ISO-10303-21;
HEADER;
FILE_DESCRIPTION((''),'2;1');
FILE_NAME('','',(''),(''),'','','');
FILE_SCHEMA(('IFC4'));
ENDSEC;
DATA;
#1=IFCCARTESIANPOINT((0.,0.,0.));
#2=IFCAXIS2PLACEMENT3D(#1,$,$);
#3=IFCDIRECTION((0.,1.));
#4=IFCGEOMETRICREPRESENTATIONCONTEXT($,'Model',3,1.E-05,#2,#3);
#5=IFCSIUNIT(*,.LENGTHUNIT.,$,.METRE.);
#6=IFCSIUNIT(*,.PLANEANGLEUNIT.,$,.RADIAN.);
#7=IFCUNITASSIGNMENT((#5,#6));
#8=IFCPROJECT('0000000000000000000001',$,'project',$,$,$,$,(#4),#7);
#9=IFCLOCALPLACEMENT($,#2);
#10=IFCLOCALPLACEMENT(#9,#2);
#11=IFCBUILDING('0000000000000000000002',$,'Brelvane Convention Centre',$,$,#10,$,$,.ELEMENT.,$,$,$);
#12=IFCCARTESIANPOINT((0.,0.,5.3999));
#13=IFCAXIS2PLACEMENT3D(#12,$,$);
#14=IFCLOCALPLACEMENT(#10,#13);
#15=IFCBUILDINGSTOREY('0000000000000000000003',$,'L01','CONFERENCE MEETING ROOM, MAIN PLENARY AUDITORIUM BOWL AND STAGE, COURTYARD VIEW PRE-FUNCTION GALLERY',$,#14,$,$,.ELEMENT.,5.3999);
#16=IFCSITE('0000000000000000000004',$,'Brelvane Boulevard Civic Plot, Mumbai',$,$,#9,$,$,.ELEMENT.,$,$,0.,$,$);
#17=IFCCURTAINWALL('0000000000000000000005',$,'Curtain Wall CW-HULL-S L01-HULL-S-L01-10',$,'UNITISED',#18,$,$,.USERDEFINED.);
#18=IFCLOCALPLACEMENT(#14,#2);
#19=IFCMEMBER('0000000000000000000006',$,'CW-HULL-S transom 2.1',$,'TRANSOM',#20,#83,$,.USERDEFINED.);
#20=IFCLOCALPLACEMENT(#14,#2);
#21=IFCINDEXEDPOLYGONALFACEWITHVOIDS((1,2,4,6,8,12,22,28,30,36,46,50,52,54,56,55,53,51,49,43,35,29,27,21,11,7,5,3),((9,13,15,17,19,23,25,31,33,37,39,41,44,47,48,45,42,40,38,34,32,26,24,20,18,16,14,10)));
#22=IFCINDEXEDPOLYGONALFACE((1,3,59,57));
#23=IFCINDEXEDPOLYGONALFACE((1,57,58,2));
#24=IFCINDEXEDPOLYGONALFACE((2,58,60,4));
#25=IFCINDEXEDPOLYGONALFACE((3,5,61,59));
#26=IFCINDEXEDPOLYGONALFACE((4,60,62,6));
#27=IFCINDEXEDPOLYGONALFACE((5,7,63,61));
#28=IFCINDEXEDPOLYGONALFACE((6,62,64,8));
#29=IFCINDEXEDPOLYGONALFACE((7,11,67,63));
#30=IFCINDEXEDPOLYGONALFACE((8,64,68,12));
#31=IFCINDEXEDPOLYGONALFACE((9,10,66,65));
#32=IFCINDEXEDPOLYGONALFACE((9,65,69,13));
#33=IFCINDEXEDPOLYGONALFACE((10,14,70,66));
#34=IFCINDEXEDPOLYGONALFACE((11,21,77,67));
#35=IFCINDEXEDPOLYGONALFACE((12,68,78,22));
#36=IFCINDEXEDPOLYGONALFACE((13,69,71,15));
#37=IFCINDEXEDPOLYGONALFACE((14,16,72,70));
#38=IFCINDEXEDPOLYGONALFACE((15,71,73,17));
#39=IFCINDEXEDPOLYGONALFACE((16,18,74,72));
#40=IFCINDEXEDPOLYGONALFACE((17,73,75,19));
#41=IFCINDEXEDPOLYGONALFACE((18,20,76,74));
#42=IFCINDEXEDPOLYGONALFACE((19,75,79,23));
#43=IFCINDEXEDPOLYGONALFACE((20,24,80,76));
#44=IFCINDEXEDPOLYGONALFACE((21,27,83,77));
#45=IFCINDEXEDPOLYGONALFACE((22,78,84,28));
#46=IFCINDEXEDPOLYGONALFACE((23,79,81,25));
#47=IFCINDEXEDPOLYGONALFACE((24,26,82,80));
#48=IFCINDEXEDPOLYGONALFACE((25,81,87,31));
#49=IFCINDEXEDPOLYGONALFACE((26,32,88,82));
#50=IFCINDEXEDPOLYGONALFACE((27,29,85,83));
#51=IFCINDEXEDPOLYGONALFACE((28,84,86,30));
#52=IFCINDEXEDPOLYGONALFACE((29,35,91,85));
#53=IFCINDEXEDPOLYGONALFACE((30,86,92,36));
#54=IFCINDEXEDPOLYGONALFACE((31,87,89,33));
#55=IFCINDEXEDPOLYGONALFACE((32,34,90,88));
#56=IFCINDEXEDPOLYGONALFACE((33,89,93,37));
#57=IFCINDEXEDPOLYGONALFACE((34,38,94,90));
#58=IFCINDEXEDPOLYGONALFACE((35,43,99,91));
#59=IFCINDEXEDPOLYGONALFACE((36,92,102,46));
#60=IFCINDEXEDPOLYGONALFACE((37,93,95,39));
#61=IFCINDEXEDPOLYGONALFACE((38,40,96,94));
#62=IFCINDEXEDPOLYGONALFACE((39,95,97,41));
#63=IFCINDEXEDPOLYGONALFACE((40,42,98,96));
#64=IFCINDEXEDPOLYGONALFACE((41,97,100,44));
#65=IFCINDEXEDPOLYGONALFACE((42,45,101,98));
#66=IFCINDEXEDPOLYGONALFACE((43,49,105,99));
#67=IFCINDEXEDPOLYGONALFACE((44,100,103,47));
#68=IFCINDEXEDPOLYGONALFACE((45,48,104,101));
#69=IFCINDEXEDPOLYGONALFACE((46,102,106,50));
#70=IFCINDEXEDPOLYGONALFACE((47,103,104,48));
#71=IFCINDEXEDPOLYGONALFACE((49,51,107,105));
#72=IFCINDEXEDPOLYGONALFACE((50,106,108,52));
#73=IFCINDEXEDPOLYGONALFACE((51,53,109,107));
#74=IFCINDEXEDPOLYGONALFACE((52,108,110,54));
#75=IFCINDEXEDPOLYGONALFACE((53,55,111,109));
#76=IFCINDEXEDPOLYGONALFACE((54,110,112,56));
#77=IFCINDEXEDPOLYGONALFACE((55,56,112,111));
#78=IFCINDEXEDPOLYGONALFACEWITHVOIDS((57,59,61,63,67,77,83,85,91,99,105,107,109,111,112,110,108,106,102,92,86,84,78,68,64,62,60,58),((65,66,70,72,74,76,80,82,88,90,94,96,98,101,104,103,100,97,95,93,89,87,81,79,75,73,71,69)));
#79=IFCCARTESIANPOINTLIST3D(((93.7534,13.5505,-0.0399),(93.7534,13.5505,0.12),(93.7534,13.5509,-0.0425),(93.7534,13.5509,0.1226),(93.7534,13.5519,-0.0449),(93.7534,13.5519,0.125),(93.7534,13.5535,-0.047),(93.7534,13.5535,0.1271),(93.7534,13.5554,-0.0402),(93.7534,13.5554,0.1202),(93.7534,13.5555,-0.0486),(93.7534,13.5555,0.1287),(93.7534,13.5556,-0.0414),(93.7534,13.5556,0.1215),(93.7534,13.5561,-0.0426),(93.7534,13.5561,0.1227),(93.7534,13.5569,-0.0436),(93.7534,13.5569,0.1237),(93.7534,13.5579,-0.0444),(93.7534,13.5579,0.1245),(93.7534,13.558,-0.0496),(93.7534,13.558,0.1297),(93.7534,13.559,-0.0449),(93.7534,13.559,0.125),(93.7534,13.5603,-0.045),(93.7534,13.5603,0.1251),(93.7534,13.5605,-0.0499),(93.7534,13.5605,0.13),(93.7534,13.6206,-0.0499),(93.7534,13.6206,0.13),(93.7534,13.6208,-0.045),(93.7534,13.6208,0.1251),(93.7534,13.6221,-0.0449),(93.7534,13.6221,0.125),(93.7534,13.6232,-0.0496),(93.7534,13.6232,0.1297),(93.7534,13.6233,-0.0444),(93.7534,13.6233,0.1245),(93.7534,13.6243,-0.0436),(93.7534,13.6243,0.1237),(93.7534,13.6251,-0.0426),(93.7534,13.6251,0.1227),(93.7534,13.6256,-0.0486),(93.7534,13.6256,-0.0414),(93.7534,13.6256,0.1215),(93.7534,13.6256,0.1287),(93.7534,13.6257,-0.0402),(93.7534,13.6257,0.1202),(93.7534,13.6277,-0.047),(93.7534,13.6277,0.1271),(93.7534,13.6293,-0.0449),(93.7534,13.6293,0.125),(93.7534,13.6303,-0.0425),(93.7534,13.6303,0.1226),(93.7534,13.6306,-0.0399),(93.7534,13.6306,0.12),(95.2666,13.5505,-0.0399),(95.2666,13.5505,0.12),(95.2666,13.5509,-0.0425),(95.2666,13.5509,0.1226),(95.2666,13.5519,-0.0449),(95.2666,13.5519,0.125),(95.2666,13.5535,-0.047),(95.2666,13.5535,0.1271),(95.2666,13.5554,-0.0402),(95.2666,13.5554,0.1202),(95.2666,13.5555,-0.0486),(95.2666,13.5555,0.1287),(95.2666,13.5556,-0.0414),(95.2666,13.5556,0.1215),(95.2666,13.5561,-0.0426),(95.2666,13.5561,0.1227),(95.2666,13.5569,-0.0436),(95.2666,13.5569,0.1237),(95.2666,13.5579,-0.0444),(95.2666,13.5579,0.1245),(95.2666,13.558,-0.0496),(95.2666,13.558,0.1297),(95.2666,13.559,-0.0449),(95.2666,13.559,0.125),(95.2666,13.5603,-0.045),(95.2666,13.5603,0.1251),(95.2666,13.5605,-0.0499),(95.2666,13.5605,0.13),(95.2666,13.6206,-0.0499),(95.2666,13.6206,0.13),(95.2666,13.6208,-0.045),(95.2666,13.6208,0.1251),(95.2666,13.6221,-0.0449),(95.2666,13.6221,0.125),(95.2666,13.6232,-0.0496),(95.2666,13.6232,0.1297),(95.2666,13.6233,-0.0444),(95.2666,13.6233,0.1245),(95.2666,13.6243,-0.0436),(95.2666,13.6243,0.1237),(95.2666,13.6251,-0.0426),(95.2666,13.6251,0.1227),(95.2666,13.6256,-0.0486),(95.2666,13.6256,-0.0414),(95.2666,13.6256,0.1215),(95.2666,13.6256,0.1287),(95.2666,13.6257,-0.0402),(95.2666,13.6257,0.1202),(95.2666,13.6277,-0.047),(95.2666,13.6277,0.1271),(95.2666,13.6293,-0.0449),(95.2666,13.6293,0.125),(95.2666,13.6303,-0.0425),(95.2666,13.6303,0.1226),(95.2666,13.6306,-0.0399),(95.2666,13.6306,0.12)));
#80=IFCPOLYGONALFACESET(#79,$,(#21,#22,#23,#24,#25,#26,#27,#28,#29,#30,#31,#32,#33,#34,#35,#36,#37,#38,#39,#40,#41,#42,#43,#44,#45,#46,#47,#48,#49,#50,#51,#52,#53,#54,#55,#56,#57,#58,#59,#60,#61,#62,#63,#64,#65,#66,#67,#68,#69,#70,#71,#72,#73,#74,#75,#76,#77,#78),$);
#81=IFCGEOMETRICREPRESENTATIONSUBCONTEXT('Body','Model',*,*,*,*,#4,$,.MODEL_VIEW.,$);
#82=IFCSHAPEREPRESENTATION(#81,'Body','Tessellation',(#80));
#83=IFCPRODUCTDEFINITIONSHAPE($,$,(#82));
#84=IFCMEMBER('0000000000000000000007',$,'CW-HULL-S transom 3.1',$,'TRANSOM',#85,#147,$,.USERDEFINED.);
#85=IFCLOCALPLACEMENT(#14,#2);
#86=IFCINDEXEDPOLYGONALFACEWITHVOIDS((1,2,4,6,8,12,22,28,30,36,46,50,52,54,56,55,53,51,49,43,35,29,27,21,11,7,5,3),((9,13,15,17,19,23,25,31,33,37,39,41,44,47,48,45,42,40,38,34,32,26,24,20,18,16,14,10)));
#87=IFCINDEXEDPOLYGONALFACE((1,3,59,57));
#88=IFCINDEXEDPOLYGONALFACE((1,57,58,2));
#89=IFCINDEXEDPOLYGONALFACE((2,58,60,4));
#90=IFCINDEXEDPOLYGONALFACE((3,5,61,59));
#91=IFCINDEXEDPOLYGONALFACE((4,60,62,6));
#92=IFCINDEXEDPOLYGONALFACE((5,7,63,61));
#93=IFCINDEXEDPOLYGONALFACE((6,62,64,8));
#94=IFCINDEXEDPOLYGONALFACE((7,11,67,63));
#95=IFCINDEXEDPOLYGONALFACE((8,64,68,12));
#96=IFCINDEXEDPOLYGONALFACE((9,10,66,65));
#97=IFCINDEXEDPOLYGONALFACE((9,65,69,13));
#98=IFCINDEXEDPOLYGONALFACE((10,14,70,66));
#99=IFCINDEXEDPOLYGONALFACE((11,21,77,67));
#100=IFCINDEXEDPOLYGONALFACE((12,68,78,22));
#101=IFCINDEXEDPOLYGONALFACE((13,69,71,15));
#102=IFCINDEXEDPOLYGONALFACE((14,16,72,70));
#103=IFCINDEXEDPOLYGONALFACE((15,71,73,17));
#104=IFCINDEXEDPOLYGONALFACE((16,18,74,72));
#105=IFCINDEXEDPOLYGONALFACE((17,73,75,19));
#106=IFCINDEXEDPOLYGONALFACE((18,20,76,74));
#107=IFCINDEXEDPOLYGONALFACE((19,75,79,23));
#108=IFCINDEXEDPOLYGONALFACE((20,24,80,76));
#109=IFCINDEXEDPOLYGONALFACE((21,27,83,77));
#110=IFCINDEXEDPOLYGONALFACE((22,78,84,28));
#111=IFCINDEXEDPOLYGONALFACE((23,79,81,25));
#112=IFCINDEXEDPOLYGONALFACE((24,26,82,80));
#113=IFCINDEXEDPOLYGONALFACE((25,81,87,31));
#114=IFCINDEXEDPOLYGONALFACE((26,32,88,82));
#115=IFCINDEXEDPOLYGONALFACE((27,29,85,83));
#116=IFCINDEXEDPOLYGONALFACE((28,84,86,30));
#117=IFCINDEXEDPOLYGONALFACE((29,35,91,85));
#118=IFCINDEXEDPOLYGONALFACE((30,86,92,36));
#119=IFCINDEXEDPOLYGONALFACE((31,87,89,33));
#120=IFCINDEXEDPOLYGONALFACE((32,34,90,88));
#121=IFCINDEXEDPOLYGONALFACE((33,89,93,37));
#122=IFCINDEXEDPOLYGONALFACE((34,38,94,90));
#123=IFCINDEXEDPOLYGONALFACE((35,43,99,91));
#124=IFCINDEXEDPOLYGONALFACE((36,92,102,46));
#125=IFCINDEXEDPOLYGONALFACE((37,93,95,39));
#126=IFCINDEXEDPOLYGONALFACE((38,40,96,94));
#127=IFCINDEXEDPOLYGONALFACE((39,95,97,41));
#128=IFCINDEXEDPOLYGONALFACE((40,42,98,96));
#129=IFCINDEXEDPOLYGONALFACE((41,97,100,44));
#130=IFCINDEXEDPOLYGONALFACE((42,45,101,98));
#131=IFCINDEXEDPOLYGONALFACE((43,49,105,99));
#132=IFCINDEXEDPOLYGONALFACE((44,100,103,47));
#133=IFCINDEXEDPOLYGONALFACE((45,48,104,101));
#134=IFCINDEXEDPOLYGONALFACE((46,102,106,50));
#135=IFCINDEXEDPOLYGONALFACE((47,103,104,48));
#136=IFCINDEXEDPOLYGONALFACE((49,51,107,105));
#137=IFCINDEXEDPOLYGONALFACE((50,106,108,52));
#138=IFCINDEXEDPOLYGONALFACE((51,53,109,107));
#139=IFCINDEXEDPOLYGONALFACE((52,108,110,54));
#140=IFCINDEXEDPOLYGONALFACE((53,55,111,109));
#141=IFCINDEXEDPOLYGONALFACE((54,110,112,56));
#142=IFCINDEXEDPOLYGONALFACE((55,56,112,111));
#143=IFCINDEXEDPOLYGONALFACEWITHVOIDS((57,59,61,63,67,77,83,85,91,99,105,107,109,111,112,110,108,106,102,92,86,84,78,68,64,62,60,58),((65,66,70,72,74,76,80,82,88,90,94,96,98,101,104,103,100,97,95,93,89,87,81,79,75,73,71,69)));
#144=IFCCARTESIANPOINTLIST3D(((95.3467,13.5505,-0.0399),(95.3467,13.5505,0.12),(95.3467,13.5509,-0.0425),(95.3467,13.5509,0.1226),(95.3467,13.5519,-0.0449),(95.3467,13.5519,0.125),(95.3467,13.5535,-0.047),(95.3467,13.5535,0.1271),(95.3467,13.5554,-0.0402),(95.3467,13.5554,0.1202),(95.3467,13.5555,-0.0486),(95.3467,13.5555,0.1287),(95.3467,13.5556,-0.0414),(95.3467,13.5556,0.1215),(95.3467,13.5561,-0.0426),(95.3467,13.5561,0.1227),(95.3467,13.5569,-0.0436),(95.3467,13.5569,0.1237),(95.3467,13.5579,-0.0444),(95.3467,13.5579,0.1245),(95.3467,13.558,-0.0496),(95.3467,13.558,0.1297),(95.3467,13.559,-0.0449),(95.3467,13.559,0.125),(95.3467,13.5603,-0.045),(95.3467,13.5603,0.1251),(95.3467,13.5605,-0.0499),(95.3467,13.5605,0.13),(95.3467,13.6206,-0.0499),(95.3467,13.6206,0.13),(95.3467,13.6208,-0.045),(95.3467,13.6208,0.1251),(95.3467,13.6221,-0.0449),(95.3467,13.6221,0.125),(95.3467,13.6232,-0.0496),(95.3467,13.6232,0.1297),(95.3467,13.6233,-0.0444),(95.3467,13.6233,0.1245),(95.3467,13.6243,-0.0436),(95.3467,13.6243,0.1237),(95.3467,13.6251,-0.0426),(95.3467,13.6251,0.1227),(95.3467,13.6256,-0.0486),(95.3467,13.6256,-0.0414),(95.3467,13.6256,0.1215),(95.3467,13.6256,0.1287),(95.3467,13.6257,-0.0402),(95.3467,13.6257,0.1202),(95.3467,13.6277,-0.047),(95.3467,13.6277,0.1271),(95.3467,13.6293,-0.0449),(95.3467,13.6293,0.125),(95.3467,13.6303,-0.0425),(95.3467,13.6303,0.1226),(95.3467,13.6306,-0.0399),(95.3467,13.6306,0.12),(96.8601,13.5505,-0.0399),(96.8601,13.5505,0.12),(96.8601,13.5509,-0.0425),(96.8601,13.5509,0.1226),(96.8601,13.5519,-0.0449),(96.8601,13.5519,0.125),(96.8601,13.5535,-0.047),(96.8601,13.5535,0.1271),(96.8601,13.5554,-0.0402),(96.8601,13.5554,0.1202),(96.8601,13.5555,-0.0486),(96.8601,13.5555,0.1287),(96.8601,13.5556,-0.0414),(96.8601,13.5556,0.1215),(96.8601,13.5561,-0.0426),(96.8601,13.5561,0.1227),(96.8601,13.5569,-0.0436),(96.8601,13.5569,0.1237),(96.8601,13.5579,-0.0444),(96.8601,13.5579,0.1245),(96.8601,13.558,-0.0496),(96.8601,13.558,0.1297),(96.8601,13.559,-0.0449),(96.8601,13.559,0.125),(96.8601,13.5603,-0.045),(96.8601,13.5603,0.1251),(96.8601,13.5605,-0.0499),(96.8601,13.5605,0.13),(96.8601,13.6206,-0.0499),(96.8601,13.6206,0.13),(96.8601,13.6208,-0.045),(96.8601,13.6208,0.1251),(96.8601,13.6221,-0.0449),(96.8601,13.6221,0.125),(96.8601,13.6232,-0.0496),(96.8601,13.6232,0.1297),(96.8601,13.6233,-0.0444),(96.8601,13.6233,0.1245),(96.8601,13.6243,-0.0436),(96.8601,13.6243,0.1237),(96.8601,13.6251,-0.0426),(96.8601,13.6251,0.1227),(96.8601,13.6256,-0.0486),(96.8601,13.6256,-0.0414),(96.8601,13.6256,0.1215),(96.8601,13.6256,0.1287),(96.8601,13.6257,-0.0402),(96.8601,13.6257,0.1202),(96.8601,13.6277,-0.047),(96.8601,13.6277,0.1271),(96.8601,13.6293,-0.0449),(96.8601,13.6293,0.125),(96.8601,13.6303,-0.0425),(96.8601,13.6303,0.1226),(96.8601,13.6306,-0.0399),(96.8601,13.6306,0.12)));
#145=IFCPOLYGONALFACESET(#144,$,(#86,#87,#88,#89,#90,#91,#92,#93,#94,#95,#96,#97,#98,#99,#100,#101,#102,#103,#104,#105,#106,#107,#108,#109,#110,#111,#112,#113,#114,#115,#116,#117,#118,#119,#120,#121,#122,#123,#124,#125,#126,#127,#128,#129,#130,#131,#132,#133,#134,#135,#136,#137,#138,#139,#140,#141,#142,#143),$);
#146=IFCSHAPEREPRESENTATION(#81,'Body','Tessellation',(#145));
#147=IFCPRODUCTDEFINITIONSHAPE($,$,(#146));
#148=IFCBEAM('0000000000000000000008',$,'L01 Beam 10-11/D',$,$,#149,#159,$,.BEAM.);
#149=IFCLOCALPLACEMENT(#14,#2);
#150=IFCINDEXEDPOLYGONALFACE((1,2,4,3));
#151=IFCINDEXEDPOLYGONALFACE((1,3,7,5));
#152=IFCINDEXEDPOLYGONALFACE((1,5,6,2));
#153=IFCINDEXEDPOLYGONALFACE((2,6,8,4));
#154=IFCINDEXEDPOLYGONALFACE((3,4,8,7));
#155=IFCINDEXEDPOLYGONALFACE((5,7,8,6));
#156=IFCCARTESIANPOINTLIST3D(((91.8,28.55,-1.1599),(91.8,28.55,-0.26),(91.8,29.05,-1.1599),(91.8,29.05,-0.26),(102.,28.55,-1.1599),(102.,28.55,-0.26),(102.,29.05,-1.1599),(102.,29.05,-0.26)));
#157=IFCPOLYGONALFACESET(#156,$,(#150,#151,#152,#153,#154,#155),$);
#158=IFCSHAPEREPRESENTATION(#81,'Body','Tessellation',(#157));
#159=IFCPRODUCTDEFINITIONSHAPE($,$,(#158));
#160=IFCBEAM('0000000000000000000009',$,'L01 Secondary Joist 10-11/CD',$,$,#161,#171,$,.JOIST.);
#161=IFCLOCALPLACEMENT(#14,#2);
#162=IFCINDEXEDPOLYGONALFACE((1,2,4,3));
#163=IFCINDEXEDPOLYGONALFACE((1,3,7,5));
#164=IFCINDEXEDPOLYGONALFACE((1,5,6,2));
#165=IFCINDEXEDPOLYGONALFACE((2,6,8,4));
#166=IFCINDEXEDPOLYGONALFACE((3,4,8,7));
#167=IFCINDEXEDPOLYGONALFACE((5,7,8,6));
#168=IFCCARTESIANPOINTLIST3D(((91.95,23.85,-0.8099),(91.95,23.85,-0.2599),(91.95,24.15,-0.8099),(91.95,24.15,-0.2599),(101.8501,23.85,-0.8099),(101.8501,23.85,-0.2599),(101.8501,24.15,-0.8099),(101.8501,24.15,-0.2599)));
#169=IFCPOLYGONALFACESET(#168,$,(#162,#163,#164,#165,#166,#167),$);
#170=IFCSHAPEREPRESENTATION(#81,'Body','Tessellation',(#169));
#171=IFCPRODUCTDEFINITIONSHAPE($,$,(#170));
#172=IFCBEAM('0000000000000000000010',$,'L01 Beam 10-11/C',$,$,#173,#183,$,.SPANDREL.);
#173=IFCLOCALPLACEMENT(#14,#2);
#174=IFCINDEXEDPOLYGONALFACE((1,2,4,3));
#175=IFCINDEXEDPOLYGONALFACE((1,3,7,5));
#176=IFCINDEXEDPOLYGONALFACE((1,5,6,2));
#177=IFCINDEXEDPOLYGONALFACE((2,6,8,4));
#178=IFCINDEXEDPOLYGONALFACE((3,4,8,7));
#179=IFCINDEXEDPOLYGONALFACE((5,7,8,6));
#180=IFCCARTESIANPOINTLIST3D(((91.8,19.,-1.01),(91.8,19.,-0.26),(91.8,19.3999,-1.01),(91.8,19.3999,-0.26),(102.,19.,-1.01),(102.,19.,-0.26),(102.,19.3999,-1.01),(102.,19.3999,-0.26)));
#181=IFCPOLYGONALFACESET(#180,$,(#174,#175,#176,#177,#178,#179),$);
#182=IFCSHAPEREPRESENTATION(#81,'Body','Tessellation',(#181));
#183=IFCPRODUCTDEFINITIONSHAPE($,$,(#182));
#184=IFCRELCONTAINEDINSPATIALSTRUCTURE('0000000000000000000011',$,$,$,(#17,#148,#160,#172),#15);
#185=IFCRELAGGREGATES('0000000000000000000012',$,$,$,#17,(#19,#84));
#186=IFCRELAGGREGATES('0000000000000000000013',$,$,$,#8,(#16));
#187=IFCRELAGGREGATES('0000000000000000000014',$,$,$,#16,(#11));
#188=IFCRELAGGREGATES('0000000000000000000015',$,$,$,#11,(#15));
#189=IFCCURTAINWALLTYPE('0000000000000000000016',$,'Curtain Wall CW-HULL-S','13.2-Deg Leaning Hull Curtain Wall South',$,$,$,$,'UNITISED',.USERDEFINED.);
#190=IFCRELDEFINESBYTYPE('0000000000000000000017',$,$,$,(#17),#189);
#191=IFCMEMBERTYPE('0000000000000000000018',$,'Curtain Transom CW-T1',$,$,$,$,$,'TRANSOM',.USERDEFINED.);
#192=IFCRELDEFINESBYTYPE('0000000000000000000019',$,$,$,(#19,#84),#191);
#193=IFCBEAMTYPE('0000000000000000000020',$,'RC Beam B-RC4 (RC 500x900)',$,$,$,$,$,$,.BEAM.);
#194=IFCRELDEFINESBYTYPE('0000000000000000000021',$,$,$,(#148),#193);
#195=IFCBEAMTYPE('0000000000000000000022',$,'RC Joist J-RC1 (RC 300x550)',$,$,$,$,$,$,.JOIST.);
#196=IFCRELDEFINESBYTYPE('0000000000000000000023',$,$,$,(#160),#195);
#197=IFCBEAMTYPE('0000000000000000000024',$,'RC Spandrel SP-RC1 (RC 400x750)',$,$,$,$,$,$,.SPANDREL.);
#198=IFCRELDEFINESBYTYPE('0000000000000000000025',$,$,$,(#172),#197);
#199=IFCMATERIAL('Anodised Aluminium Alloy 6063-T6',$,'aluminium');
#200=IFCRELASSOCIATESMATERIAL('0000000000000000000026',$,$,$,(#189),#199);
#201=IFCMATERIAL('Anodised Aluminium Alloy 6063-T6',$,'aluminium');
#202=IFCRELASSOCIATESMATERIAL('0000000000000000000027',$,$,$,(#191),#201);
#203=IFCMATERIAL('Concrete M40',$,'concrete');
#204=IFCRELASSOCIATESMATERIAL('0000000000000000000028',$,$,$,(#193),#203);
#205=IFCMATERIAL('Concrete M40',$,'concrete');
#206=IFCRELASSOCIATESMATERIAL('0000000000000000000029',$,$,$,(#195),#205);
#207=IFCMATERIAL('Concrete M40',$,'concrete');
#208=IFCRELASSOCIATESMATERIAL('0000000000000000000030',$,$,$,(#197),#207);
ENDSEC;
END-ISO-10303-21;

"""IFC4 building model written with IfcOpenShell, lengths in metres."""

from ifc_helpers import new_model, si_unit, direction, frame, origin, origin_2d, place, context, subcontext, project, spatial, rectangle, hollow_rectangle, extrude, material, material_profile, profile_set, type_object, element, aggregate, save


model = new_model("IFC4")

# Units and contexts
model_context = context("Model", 3, precision=1e-05, world=origin(), true_north=direction((0.0, 1.0)))
body_context = subcontext(model_context, "Body", "Model", "MODEL_VIEW")
ifc_project = project(units=[si_unit("LENGTHUNIT", "METRE"), si_unit("PLANEANGLEUNIT", "RADIAN")], contexts=[model_context])

# Site, building, storey
site_placement = place(None, origin())
site = spatial("IfcSite", under=ifc_project, at=site_placement, Name="Brelvane Boulevard Civic Plot, Mumbai", CompositionType="ELEMENT", RefElevation=0.0)
building_placement = place(site_placement, origin())
building = spatial("IfcBuilding", under=site, at=building_placement, Name="Brelvane Convention Centre", CompositionType="ELEMENT")
storey_placement = place(building_placement, frame((0.0, 0.0, 5.3999)))
storey = spatial("IfcBuildingStorey", under=building, at=storey_placement, Name="L01", Description="CONFERENCE MEETING ROOM, MAIN PLENARY AUDITORIUM BOWL AND STAGE, COURTYARD VIEW PRE-FUNCTION GALLERY", CompositionType="ELEMENT", Elevation=5.3999)

# Curtain wall
ifc_material_1 = material(Name="Anodised Aluminium Alloy 6063-T6", Category="aluminium")
curtain_wall_type = type_object("IfcCurtainWallType", Name="Curtain Wall CW-HULL-S", Description="13.2-Deg Leaning Hull Curtain Wall South", ElementType="UNITISED", PredefinedType="USERDEFINED", material=ifc_material_1)
curtain_wall_1_placement = place(storey_placement, origin())
curtain_wall_1 = element("IfcCurtainWall", 1, at=curtain_wall_1_placement, inside=storey, type_object=curtain_wall_type, Name="Curtain Wall CW-HULL-S L01-HULL-S-L01-10", ObjectType="UNITISED", PredefinedType="USERDEFINED")

# Members
ifc_material_2 = material(Name="Anodised Aluminium Alloy 6063-T6", Category="aluminium")
ifc_material_profile_1 = material_profile(ifc_material_2, hollow_rectangle(XDim=0.0801, YDim=0.1799, WallThickness=0.0049, InnerFilletRadius=0.0049, OuterFilletRadius=0.01, at=origin_2d()), Name="ALU-T 180x80x5.0")
ifc_profile_set_1 = profile_set([ifc_material_profile_1], Name="Anodised Aluminium Alloy 6063-T6")
member_type_1 = type_object("IfcMemberType", Name="Curtain Transom CW-T1", ElementType="TRANSOM", PredefinedType="USERDEFINED", material=ifc_profile_set_1)
member_1_placement = place(storey_placement, frame((93.7534, 13.5906, 0.04), z_axis=(1.0, 0.0, 0.0), x_axis=(0.0, 1.0, 0.0)))
member_1 = element("IfcMember", 2, at=member_1_placement, type_object=member_type_1, Name="CW-HULL-S transom 2.1", ObjectType="TRANSOM", PredefinedType="USERDEFINED", context=body_context, shape_type="SweptSolid", body=[
    extrude(hollow_rectangle(XDim=0.0801, YDim=0.1799, WallThickness=0.0049, InnerFilletRadius=0.0049, OuterFilletRadius=0.01, at=origin_2d()), origin(), (0.0, 0.0, 1.0), 1.5132),
])
member_2_placement = place(storey_placement, frame((95.3467, 13.5906, 0.04), z_axis=(1.0, 0.0, 0.0), x_axis=(0.0, 1.0, 0.0)))
member_2 = element("IfcMember", 3, at=member_2_placement, type_object=member_type_1, Name="CW-HULL-S transom 3.1", ObjectType="TRANSOM", PredefinedType="USERDEFINED", context=body_context, shape_type="SweptSolid", body=[
    extrude(hollow_rectangle(XDim=0.0801, YDim=0.1799, WallThickness=0.0049, InnerFilletRadius=0.0049, OuterFilletRadius=0.01, at=origin_2d()), origin(), (0.0, 0.0, 1.0), 1.5134),
])

# Beams
ifc_material_3 = material(Name="Concrete M40", Category="concrete")
ifc_material_profile_2 = material_profile(ifc_material_3, rectangle(XDim=0.5, YDim=0.8999, at=origin_2d()), Name="RC 500x900")
ifc_profile_set_2 = profile_set([ifc_material_profile_2], Name="Concrete M40")
beam_type_1 = type_object("IfcBeamType", Name="RC Beam B-RC4 (RC 500x900)", PredefinedType="BEAM", material=ifc_profile_set_2)
beam_1_placement = place(storey_placement, frame((91.8, 28.8, -0.71), z_axis=(1.0, 0.0, 0.0), x_axis=(0.0, 1.0, 0.0)))
element("IfcBeam", 4, at=beam_1_placement, inside=storey, type_object=beam_type_1, Name="L01 Beam 10-11/D", PredefinedType="BEAM", context=body_context, shape_type="SweptSolid", body=[
    extrude(rectangle(XDim=0.5, YDim=0.8999, at=origin_2d()), origin(), (0.0, 0.0, 1.0), 10.2),
])
ifc_material_4 = material(Name="Concrete M40", Category="concrete")
ifc_material_profile_3 = material_profile(ifc_material_4, rectangle(XDim=0.3, YDim=0.55, at=origin_2d()), Name="RC 300x550")
ifc_profile_set_3 = profile_set([ifc_material_profile_3], Name="Concrete M40")
beam_type_2 = type_object("IfcBeamType", Name="RC Joist J-RC1 (RC 300x550)", PredefinedType="JOIST", material=ifc_profile_set_3)
beam_2_placement = place(storey_placement, frame((91.95, 24.0, -0.5349), z_axis=(1.0, 0.0, 0.0), x_axis=(0.0, 1.0, 0.0)))
element("IfcBeam", 5, at=beam_2_placement, inside=storey, type_object=beam_type_2, Name="L01 Secondary Joist 10-11/CD", PredefinedType="JOIST", context=body_context, shape_type="SweptSolid", body=[
    extrude(rectangle(XDim=0.3, YDim=0.55, at=origin_2d()), origin(), (0.0, 0.0, 1.0), 9.9001),
])
ifc_material_5 = material(Name="Concrete M40", Category="concrete")
ifc_material_profile_4 = material_profile(ifc_material_5, rectangle(XDim=0.3999, YDim=0.75, at=origin_2d()), Name="RC 400x750")
ifc_profile_set_4 = profile_set([ifc_material_profile_4], Name="Concrete M40")
beam_type_3 = type_object("IfcBeamType", Name="RC Spandrel SP-RC1 (RC 400x750)", PredefinedType="SPANDREL", material=ifc_profile_set_4)
beam_3_placement = place(storey_placement, frame((91.8, 19.2, -0.635), z_axis=(1.0, 0.0, 0.0), x_axis=(0.0, 1.0, 0.0)))
element("IfcBeam", 6, at=beam_3_placement, inside=storey, type_object=beam_type_3, Name="L01 Beam 10-11/C", PredefinedType="SPANDREL", context=body_context, shape_type="SweptSolid", body=[
    extrude(rectangle(XDim=0.3999, YDim=0.75, at=origin_2d()), origin(), (0.0, 0.0, 1.0), 10.2),
])

aggregate(curtain_wall_1, [member_1, member_2])

save(model, "model.ifc")
